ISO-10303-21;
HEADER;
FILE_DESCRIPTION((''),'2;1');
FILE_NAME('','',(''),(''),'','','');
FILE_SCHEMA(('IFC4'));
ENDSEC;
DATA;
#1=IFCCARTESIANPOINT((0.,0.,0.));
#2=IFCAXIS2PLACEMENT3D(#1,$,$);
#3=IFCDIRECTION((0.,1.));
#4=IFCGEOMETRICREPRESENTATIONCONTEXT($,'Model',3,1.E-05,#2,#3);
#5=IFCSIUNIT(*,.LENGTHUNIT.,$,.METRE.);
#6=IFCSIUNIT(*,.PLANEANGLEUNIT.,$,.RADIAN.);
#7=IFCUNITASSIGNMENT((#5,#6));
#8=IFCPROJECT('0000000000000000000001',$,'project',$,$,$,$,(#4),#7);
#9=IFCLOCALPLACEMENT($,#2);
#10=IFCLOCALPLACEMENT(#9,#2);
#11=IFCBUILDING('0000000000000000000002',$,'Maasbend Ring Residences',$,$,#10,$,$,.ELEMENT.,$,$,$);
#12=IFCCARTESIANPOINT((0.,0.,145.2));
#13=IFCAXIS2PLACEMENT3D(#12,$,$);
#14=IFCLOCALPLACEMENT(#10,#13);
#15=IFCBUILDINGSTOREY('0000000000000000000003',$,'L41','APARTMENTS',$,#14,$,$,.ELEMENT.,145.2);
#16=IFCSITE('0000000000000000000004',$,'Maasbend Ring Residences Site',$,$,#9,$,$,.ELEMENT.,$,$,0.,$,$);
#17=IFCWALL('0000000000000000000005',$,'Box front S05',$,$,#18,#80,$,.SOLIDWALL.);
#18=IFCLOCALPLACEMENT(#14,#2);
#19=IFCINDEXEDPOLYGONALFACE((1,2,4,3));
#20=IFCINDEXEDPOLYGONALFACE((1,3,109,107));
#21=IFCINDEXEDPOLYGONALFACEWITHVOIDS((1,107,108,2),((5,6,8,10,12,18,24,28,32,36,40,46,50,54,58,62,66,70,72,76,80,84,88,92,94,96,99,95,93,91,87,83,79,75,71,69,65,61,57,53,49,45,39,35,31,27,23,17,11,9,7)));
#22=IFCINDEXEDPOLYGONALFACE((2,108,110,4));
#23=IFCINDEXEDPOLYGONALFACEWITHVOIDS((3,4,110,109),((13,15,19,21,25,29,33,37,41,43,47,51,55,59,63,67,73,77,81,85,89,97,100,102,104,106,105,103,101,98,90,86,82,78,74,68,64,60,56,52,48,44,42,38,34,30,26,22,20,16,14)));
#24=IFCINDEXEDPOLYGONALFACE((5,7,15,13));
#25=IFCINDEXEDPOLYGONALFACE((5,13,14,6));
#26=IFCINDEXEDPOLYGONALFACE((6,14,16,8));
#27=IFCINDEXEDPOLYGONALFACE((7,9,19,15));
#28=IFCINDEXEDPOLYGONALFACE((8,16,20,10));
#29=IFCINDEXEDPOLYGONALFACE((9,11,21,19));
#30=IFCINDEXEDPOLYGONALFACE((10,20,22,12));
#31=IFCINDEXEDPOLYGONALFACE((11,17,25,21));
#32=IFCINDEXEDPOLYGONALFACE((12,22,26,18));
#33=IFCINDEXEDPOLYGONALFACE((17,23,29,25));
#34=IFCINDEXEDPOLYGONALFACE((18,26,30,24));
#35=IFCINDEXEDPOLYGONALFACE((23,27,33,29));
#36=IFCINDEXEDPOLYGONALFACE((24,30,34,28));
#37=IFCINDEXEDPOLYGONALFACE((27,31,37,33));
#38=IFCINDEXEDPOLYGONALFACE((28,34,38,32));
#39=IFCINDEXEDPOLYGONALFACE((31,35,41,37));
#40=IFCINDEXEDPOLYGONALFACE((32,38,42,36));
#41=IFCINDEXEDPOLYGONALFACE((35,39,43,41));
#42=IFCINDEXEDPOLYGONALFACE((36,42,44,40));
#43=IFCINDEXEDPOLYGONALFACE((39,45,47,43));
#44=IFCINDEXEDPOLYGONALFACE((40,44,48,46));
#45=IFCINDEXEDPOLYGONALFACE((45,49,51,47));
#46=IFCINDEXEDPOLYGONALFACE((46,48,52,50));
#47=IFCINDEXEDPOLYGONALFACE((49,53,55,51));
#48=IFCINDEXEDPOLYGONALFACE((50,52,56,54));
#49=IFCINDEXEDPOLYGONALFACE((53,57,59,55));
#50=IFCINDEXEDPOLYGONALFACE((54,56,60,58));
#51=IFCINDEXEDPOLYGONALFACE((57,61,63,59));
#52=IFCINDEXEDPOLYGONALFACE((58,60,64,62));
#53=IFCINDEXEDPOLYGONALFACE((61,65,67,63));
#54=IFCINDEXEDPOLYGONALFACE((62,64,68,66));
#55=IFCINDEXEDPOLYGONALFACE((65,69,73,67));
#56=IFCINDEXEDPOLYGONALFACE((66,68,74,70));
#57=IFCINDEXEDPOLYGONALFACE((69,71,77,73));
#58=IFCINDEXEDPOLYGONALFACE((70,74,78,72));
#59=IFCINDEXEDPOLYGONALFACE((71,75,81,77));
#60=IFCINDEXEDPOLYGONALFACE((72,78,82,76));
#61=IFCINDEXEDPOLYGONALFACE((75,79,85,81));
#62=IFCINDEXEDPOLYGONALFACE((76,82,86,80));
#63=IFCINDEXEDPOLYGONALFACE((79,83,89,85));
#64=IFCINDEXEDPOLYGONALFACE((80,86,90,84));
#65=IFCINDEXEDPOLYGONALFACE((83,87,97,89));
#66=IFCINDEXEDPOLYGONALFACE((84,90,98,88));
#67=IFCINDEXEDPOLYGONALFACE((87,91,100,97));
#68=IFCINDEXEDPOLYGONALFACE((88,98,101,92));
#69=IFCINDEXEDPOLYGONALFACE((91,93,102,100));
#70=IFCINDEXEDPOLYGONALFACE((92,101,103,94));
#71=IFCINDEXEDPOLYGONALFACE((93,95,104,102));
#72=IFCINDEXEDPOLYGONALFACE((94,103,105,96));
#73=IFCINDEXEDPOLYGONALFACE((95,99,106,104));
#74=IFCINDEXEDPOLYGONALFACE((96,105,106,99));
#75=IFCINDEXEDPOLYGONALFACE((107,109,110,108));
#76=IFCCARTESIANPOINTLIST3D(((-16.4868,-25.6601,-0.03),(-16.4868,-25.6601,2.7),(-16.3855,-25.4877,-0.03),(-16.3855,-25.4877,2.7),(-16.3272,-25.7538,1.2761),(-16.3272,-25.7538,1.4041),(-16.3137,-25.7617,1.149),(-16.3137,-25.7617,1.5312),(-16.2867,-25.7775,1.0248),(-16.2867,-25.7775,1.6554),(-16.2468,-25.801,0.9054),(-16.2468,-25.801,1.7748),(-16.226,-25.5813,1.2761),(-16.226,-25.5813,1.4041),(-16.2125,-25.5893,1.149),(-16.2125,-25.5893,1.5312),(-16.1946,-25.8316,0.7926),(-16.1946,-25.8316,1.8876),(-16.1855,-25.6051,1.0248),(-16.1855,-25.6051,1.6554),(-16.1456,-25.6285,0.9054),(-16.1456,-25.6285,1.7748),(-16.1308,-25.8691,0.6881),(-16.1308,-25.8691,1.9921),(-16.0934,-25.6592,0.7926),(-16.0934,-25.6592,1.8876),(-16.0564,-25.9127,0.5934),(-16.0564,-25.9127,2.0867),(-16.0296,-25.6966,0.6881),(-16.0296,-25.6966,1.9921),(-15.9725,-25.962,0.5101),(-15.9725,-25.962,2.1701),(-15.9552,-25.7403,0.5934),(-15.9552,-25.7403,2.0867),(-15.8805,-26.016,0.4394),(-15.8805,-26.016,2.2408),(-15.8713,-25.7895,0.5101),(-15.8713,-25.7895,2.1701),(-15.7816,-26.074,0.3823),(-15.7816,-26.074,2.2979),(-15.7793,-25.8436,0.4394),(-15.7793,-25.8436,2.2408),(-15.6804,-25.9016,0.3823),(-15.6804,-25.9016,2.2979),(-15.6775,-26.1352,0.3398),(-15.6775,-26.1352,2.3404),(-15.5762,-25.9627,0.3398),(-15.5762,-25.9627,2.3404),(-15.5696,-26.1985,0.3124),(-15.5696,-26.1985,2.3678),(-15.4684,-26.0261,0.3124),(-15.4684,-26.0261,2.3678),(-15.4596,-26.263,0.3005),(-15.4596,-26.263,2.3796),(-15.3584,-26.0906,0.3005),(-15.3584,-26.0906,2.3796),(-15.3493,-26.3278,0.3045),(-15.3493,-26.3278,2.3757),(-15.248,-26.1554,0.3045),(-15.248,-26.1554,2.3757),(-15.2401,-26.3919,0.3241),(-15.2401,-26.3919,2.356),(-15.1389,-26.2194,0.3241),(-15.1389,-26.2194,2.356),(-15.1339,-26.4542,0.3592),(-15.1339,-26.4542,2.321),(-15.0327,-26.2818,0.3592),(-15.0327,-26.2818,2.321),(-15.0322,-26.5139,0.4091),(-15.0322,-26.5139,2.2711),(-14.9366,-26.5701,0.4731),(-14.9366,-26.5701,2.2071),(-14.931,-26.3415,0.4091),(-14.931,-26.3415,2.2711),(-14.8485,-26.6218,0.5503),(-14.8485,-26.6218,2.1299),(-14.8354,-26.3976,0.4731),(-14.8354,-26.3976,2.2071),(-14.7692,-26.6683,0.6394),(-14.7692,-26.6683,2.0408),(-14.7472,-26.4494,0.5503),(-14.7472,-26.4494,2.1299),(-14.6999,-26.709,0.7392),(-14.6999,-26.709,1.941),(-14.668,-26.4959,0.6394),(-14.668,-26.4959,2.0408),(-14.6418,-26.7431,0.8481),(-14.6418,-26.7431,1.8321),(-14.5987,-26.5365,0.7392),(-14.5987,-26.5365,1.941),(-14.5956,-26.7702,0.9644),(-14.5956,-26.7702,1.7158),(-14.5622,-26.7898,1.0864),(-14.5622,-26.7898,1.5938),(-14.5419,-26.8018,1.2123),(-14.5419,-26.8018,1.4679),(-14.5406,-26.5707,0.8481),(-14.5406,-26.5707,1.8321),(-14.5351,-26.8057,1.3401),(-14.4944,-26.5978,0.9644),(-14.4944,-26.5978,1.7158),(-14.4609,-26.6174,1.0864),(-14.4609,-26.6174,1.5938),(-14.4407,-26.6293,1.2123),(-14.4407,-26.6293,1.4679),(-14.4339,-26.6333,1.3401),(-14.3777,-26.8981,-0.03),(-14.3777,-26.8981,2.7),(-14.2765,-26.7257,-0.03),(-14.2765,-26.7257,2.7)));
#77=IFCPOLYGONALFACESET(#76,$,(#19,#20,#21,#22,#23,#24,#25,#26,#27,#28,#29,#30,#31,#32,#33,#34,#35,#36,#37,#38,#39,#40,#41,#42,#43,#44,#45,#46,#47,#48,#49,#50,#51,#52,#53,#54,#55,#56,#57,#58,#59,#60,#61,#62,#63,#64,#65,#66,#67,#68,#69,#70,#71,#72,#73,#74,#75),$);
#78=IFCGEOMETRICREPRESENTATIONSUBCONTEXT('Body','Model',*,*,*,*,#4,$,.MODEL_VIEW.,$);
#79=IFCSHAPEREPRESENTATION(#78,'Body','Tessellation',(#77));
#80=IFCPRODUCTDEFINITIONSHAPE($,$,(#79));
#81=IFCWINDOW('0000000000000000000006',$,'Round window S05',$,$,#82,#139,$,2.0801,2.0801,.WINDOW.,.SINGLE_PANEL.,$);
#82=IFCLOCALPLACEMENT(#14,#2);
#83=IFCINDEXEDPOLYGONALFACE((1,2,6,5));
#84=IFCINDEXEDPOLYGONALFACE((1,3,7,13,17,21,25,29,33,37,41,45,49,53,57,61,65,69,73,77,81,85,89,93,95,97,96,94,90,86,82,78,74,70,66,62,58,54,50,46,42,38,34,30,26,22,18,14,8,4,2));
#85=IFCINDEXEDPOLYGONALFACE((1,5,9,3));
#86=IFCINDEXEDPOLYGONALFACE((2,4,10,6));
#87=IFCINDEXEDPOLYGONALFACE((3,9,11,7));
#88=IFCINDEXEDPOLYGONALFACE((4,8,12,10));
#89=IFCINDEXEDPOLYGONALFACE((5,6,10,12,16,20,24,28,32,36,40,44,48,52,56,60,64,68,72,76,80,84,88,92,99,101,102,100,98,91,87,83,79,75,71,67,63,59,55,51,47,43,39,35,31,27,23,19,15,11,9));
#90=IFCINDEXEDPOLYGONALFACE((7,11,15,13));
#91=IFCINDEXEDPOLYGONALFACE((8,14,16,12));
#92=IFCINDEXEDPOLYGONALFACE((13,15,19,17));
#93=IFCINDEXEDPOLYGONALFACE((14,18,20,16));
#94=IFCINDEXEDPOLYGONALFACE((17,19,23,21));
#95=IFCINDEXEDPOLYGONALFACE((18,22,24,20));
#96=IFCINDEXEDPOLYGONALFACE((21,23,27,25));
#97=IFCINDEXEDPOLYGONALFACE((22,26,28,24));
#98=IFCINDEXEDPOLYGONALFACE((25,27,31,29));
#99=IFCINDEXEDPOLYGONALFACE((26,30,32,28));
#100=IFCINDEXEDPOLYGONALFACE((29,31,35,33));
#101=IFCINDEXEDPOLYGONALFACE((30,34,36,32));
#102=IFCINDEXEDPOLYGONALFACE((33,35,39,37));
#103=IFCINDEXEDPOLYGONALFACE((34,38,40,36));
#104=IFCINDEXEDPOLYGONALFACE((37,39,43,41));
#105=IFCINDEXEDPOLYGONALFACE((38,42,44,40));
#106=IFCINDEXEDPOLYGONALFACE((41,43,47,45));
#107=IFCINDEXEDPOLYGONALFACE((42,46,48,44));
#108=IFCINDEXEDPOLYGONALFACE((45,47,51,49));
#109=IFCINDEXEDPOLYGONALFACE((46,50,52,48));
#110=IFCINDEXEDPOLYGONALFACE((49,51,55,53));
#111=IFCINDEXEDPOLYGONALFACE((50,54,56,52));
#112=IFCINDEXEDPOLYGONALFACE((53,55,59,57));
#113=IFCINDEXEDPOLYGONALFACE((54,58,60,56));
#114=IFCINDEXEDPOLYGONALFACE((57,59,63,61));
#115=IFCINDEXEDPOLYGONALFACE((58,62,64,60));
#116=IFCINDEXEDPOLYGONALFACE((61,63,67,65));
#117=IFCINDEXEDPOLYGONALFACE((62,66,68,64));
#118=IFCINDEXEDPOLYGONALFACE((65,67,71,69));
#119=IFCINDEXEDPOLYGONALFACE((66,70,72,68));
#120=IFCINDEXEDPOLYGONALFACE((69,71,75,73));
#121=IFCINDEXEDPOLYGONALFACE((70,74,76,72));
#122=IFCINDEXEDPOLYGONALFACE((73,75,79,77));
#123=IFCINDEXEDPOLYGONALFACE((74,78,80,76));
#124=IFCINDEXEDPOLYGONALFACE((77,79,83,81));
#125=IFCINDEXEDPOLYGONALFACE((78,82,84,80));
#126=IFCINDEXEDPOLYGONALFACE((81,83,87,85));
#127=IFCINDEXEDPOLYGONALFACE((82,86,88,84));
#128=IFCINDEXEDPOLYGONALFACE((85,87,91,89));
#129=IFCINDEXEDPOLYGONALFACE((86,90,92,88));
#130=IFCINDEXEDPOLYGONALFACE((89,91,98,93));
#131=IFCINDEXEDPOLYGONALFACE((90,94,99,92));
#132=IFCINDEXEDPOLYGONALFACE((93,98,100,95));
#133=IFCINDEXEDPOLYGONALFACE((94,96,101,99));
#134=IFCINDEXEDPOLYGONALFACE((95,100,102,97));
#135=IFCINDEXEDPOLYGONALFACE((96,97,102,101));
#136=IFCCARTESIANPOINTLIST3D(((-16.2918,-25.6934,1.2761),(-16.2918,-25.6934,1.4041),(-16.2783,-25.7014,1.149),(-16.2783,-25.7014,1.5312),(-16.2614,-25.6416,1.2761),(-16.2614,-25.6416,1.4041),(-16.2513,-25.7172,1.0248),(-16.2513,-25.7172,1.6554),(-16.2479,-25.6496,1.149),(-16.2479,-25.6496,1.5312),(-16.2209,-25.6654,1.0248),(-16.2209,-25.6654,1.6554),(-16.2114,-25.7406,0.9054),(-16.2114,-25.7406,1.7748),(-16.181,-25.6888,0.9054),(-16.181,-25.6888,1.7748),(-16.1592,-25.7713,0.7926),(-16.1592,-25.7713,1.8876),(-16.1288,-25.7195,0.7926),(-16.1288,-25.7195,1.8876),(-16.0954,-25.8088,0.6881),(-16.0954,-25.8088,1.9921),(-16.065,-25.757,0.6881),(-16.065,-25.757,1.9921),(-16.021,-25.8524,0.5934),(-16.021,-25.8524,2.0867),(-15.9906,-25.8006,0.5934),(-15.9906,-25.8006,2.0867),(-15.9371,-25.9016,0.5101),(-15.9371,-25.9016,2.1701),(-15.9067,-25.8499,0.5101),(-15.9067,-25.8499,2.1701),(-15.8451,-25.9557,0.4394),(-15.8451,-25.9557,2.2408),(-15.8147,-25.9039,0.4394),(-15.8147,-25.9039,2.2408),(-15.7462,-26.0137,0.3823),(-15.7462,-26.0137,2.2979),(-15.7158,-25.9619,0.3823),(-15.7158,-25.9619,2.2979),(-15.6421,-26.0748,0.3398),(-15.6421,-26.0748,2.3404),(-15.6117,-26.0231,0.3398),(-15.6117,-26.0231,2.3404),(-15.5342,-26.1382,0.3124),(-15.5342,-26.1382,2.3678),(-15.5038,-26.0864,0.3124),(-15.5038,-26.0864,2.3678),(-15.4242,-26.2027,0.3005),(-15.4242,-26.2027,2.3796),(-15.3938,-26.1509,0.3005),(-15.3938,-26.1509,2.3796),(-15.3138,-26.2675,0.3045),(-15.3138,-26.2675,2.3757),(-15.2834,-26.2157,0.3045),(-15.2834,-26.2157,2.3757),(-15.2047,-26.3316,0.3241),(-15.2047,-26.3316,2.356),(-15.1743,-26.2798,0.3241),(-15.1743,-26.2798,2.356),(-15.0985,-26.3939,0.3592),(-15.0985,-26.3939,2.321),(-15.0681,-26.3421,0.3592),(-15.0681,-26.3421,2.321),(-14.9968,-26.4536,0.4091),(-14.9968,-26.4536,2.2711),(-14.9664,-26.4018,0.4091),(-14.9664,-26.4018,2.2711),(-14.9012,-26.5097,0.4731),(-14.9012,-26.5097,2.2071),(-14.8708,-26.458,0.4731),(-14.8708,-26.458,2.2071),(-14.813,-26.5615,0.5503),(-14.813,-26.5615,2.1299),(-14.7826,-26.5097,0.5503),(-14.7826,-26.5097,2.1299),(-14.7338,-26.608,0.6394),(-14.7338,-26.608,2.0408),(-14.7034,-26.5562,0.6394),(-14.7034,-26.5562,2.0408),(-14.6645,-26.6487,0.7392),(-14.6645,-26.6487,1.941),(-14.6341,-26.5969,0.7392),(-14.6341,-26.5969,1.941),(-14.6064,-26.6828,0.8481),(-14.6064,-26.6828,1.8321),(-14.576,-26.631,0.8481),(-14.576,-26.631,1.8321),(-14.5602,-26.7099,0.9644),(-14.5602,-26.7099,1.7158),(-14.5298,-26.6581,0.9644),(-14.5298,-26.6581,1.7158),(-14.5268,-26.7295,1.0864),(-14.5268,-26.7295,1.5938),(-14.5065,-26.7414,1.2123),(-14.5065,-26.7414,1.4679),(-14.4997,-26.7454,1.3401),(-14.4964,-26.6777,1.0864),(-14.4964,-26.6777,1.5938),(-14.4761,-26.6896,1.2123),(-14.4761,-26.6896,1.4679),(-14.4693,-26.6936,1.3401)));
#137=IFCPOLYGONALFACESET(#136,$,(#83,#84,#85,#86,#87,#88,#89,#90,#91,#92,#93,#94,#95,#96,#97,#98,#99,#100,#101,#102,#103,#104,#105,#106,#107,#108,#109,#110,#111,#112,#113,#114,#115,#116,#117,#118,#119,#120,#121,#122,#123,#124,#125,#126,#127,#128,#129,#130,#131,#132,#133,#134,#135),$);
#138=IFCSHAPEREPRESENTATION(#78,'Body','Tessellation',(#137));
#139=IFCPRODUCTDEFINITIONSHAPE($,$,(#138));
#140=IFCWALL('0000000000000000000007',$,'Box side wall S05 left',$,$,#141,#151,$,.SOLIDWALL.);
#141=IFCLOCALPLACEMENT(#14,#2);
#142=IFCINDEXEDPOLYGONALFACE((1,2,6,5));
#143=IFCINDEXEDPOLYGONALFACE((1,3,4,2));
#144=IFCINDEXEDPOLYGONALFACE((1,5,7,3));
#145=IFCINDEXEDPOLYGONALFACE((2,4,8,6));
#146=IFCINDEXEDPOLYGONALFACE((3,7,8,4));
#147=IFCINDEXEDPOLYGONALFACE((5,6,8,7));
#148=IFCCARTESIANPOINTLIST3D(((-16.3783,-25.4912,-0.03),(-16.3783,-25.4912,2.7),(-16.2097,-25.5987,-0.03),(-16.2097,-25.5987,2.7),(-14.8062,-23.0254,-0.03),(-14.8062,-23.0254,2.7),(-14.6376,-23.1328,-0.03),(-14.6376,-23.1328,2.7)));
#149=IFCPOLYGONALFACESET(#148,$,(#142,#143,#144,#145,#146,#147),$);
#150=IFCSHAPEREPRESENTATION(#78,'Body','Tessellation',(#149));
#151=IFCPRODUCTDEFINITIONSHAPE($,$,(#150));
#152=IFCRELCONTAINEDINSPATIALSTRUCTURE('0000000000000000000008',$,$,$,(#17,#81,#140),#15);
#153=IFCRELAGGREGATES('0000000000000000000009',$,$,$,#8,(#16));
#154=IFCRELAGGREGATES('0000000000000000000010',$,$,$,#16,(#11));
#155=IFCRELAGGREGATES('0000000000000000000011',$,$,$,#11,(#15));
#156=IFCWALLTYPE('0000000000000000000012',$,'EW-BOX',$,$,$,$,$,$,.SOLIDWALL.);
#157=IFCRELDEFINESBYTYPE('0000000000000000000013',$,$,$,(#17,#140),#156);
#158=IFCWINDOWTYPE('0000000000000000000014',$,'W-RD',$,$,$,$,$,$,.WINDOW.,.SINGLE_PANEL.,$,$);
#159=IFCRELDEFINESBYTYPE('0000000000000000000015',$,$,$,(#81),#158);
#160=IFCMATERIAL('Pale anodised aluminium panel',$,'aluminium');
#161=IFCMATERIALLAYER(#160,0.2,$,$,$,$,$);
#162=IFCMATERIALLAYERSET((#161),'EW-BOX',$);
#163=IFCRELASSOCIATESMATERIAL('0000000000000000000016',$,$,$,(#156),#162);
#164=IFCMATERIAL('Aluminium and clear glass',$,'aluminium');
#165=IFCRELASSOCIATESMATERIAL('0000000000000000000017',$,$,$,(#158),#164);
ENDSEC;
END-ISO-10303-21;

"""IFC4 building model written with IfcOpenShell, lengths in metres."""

from ifc_helpers import new_model, si_unit, direction, frame, frame_2d, origin, place, context, subcontext, project, spatial, rectangle, circle, extrude, material, layer, layer_set, type_object, element, fill, save


model = new_model("IFC4")

# Units and contexts
model_context = context("Model", 3, precision=1e-05, world=origin(), true_north=direction((0.0, 1.0)))
body_context = subcontext(model_context, "Body", "Model", "MODEL_VIEW")
ifc_project = project(units=[si_unit("LENGTHUNIT", "METRE"), si_unit("PLANEANGLEUNIT", "RADIAN")], contexts=[model_context])

# Site, building, storey
site_placement = place(None, origin())
site = spatial("IfcSite", under=ifc_project, at=site_placement, Name="Maasbend Ring Residences Site", CompositionType="ELEMENT", RefElevation=0.0)
building_placement = place(site_placement, origin())
building = spatial("IfcBuilding", under=site, at=building_placement, Name="Maasbend Ring Residences", CompositionType="ELEMENT")
storey_placement = place(building_placement, frame((0.0, 0.0, 145.2)))
storey = spatial("IfcBuildingStorey", under=building, at=storey_placement, Name="L41", Description="APARTMENTS", CompositionType="ELEMENT", Elevation=145.2)

# Shared definitions
ifc_material_1 = material(Name="Pale anodised aluminium panel", Category="aluminium")
ifc_layer_1 = layer(ifc_material_1, 0.2)
ifc_layer_set_1 = layer_set([ifc_layer_1], Name="EW-BOX")
wall_type_1 = type_object("IfcWallType", Name="EW-BOX", PredefinedType="SOLIDWALL", material=ifc_layer_set_1)
ifc_material_2 = material(Name="Aluminium and clear glass", Category="aluminium")
window_type_1 = type_object("IfcWindowType", Name="W-RD", PartitioningType="SINGLE_PANEL", PredefinedType="WINDOW", material=ifc_material_2)

# Wall, opening, window
wall_1_placement = place(storey_placement, frame((-16.436, -25.574, -0.03), z_axis=(0.0, 0.0, 1.0), x_axis=(0.862403, -0.506222, 0.0)))
wall_1 = element("IfcWall", 1, at=wall_1_placement, inside=storey, type_object=wall_type_1, Name="Box front S05", PredefinedType="SOLIDWALL", context=body_context, shape_type="SweptSolid", body=[
    extrude(rectangle(XDim=2.4456, YDim=0.2, at=frame_2d((1.2227, 0.0))), origin(), (0.0, 0.0, 1.0), 2.73),
])
opening_1_placement = place(wall_1_placement, frame((0.1829, 0.0, 0.3301)))
opening_1 = element("IfcOpeningElement", 2, at=opening_1_placement, cuts=wall_1, PredefinedType="OPENING", context=body_context, shape_type="SweptSolid", body=[
    extrude(circle(Radius=1.04, at=frame_2d((1.04, 1.04))), frame((0.0, 0.1099, 0.0), z_axis=(0.0, -1.0, 0.0), x_axis=(1.0, 0.0, 0.0)), (0.0, 0.0, 1.0), 0.22),
])
window_1_placement = place(opening_1_placement, origin())
window_1 = element("IfcWindow", 3, at=window_1_placement, inside=storey, type_object=window_type_1, Name="Round window S05", OverallHeight=2.0801, OverallWidth=2.0801, PartitioningType="SINGLE_PANEL", PredefinedType="WINDOW", context=body_context, shape_type="SweptSolid", body=[
    extrude(circle(Radius=1.04, at=frame_2d((1.04, 1.04))), frame((0.0, 0.03, 0.0), z_axis=(0.0, -1.0, 0.0), x_axis=(1.0, 0.0, 0.0)), (0.0, 0.0, 1.0), 0.0601),
])
fill(opening_1, window_1)

# Wall
wall_2_placement = place(storey_placement, frame((-14.7219, -23.0791, -0.03), z_axis=(0.0, 0.0, 1.0), x_axis=(-0.537572, -0.843218, 0.0)))
element("IfcWall", 4, at=wall_2_placement, inside=storey, type_object=wall_type_1, Name="Box side wall S05 left", PredefinedType="SOLIDWALL", context=body_context, shape_type="SweptSolid", body=[
    extrude(rectangle(XDim=2.9243, YDim=0.2, at=frame_2d((1.4622, 0.0))), origin(), (0.0, 0.0, 1.0), 2.73),
])

save(model, "model.ifc")
